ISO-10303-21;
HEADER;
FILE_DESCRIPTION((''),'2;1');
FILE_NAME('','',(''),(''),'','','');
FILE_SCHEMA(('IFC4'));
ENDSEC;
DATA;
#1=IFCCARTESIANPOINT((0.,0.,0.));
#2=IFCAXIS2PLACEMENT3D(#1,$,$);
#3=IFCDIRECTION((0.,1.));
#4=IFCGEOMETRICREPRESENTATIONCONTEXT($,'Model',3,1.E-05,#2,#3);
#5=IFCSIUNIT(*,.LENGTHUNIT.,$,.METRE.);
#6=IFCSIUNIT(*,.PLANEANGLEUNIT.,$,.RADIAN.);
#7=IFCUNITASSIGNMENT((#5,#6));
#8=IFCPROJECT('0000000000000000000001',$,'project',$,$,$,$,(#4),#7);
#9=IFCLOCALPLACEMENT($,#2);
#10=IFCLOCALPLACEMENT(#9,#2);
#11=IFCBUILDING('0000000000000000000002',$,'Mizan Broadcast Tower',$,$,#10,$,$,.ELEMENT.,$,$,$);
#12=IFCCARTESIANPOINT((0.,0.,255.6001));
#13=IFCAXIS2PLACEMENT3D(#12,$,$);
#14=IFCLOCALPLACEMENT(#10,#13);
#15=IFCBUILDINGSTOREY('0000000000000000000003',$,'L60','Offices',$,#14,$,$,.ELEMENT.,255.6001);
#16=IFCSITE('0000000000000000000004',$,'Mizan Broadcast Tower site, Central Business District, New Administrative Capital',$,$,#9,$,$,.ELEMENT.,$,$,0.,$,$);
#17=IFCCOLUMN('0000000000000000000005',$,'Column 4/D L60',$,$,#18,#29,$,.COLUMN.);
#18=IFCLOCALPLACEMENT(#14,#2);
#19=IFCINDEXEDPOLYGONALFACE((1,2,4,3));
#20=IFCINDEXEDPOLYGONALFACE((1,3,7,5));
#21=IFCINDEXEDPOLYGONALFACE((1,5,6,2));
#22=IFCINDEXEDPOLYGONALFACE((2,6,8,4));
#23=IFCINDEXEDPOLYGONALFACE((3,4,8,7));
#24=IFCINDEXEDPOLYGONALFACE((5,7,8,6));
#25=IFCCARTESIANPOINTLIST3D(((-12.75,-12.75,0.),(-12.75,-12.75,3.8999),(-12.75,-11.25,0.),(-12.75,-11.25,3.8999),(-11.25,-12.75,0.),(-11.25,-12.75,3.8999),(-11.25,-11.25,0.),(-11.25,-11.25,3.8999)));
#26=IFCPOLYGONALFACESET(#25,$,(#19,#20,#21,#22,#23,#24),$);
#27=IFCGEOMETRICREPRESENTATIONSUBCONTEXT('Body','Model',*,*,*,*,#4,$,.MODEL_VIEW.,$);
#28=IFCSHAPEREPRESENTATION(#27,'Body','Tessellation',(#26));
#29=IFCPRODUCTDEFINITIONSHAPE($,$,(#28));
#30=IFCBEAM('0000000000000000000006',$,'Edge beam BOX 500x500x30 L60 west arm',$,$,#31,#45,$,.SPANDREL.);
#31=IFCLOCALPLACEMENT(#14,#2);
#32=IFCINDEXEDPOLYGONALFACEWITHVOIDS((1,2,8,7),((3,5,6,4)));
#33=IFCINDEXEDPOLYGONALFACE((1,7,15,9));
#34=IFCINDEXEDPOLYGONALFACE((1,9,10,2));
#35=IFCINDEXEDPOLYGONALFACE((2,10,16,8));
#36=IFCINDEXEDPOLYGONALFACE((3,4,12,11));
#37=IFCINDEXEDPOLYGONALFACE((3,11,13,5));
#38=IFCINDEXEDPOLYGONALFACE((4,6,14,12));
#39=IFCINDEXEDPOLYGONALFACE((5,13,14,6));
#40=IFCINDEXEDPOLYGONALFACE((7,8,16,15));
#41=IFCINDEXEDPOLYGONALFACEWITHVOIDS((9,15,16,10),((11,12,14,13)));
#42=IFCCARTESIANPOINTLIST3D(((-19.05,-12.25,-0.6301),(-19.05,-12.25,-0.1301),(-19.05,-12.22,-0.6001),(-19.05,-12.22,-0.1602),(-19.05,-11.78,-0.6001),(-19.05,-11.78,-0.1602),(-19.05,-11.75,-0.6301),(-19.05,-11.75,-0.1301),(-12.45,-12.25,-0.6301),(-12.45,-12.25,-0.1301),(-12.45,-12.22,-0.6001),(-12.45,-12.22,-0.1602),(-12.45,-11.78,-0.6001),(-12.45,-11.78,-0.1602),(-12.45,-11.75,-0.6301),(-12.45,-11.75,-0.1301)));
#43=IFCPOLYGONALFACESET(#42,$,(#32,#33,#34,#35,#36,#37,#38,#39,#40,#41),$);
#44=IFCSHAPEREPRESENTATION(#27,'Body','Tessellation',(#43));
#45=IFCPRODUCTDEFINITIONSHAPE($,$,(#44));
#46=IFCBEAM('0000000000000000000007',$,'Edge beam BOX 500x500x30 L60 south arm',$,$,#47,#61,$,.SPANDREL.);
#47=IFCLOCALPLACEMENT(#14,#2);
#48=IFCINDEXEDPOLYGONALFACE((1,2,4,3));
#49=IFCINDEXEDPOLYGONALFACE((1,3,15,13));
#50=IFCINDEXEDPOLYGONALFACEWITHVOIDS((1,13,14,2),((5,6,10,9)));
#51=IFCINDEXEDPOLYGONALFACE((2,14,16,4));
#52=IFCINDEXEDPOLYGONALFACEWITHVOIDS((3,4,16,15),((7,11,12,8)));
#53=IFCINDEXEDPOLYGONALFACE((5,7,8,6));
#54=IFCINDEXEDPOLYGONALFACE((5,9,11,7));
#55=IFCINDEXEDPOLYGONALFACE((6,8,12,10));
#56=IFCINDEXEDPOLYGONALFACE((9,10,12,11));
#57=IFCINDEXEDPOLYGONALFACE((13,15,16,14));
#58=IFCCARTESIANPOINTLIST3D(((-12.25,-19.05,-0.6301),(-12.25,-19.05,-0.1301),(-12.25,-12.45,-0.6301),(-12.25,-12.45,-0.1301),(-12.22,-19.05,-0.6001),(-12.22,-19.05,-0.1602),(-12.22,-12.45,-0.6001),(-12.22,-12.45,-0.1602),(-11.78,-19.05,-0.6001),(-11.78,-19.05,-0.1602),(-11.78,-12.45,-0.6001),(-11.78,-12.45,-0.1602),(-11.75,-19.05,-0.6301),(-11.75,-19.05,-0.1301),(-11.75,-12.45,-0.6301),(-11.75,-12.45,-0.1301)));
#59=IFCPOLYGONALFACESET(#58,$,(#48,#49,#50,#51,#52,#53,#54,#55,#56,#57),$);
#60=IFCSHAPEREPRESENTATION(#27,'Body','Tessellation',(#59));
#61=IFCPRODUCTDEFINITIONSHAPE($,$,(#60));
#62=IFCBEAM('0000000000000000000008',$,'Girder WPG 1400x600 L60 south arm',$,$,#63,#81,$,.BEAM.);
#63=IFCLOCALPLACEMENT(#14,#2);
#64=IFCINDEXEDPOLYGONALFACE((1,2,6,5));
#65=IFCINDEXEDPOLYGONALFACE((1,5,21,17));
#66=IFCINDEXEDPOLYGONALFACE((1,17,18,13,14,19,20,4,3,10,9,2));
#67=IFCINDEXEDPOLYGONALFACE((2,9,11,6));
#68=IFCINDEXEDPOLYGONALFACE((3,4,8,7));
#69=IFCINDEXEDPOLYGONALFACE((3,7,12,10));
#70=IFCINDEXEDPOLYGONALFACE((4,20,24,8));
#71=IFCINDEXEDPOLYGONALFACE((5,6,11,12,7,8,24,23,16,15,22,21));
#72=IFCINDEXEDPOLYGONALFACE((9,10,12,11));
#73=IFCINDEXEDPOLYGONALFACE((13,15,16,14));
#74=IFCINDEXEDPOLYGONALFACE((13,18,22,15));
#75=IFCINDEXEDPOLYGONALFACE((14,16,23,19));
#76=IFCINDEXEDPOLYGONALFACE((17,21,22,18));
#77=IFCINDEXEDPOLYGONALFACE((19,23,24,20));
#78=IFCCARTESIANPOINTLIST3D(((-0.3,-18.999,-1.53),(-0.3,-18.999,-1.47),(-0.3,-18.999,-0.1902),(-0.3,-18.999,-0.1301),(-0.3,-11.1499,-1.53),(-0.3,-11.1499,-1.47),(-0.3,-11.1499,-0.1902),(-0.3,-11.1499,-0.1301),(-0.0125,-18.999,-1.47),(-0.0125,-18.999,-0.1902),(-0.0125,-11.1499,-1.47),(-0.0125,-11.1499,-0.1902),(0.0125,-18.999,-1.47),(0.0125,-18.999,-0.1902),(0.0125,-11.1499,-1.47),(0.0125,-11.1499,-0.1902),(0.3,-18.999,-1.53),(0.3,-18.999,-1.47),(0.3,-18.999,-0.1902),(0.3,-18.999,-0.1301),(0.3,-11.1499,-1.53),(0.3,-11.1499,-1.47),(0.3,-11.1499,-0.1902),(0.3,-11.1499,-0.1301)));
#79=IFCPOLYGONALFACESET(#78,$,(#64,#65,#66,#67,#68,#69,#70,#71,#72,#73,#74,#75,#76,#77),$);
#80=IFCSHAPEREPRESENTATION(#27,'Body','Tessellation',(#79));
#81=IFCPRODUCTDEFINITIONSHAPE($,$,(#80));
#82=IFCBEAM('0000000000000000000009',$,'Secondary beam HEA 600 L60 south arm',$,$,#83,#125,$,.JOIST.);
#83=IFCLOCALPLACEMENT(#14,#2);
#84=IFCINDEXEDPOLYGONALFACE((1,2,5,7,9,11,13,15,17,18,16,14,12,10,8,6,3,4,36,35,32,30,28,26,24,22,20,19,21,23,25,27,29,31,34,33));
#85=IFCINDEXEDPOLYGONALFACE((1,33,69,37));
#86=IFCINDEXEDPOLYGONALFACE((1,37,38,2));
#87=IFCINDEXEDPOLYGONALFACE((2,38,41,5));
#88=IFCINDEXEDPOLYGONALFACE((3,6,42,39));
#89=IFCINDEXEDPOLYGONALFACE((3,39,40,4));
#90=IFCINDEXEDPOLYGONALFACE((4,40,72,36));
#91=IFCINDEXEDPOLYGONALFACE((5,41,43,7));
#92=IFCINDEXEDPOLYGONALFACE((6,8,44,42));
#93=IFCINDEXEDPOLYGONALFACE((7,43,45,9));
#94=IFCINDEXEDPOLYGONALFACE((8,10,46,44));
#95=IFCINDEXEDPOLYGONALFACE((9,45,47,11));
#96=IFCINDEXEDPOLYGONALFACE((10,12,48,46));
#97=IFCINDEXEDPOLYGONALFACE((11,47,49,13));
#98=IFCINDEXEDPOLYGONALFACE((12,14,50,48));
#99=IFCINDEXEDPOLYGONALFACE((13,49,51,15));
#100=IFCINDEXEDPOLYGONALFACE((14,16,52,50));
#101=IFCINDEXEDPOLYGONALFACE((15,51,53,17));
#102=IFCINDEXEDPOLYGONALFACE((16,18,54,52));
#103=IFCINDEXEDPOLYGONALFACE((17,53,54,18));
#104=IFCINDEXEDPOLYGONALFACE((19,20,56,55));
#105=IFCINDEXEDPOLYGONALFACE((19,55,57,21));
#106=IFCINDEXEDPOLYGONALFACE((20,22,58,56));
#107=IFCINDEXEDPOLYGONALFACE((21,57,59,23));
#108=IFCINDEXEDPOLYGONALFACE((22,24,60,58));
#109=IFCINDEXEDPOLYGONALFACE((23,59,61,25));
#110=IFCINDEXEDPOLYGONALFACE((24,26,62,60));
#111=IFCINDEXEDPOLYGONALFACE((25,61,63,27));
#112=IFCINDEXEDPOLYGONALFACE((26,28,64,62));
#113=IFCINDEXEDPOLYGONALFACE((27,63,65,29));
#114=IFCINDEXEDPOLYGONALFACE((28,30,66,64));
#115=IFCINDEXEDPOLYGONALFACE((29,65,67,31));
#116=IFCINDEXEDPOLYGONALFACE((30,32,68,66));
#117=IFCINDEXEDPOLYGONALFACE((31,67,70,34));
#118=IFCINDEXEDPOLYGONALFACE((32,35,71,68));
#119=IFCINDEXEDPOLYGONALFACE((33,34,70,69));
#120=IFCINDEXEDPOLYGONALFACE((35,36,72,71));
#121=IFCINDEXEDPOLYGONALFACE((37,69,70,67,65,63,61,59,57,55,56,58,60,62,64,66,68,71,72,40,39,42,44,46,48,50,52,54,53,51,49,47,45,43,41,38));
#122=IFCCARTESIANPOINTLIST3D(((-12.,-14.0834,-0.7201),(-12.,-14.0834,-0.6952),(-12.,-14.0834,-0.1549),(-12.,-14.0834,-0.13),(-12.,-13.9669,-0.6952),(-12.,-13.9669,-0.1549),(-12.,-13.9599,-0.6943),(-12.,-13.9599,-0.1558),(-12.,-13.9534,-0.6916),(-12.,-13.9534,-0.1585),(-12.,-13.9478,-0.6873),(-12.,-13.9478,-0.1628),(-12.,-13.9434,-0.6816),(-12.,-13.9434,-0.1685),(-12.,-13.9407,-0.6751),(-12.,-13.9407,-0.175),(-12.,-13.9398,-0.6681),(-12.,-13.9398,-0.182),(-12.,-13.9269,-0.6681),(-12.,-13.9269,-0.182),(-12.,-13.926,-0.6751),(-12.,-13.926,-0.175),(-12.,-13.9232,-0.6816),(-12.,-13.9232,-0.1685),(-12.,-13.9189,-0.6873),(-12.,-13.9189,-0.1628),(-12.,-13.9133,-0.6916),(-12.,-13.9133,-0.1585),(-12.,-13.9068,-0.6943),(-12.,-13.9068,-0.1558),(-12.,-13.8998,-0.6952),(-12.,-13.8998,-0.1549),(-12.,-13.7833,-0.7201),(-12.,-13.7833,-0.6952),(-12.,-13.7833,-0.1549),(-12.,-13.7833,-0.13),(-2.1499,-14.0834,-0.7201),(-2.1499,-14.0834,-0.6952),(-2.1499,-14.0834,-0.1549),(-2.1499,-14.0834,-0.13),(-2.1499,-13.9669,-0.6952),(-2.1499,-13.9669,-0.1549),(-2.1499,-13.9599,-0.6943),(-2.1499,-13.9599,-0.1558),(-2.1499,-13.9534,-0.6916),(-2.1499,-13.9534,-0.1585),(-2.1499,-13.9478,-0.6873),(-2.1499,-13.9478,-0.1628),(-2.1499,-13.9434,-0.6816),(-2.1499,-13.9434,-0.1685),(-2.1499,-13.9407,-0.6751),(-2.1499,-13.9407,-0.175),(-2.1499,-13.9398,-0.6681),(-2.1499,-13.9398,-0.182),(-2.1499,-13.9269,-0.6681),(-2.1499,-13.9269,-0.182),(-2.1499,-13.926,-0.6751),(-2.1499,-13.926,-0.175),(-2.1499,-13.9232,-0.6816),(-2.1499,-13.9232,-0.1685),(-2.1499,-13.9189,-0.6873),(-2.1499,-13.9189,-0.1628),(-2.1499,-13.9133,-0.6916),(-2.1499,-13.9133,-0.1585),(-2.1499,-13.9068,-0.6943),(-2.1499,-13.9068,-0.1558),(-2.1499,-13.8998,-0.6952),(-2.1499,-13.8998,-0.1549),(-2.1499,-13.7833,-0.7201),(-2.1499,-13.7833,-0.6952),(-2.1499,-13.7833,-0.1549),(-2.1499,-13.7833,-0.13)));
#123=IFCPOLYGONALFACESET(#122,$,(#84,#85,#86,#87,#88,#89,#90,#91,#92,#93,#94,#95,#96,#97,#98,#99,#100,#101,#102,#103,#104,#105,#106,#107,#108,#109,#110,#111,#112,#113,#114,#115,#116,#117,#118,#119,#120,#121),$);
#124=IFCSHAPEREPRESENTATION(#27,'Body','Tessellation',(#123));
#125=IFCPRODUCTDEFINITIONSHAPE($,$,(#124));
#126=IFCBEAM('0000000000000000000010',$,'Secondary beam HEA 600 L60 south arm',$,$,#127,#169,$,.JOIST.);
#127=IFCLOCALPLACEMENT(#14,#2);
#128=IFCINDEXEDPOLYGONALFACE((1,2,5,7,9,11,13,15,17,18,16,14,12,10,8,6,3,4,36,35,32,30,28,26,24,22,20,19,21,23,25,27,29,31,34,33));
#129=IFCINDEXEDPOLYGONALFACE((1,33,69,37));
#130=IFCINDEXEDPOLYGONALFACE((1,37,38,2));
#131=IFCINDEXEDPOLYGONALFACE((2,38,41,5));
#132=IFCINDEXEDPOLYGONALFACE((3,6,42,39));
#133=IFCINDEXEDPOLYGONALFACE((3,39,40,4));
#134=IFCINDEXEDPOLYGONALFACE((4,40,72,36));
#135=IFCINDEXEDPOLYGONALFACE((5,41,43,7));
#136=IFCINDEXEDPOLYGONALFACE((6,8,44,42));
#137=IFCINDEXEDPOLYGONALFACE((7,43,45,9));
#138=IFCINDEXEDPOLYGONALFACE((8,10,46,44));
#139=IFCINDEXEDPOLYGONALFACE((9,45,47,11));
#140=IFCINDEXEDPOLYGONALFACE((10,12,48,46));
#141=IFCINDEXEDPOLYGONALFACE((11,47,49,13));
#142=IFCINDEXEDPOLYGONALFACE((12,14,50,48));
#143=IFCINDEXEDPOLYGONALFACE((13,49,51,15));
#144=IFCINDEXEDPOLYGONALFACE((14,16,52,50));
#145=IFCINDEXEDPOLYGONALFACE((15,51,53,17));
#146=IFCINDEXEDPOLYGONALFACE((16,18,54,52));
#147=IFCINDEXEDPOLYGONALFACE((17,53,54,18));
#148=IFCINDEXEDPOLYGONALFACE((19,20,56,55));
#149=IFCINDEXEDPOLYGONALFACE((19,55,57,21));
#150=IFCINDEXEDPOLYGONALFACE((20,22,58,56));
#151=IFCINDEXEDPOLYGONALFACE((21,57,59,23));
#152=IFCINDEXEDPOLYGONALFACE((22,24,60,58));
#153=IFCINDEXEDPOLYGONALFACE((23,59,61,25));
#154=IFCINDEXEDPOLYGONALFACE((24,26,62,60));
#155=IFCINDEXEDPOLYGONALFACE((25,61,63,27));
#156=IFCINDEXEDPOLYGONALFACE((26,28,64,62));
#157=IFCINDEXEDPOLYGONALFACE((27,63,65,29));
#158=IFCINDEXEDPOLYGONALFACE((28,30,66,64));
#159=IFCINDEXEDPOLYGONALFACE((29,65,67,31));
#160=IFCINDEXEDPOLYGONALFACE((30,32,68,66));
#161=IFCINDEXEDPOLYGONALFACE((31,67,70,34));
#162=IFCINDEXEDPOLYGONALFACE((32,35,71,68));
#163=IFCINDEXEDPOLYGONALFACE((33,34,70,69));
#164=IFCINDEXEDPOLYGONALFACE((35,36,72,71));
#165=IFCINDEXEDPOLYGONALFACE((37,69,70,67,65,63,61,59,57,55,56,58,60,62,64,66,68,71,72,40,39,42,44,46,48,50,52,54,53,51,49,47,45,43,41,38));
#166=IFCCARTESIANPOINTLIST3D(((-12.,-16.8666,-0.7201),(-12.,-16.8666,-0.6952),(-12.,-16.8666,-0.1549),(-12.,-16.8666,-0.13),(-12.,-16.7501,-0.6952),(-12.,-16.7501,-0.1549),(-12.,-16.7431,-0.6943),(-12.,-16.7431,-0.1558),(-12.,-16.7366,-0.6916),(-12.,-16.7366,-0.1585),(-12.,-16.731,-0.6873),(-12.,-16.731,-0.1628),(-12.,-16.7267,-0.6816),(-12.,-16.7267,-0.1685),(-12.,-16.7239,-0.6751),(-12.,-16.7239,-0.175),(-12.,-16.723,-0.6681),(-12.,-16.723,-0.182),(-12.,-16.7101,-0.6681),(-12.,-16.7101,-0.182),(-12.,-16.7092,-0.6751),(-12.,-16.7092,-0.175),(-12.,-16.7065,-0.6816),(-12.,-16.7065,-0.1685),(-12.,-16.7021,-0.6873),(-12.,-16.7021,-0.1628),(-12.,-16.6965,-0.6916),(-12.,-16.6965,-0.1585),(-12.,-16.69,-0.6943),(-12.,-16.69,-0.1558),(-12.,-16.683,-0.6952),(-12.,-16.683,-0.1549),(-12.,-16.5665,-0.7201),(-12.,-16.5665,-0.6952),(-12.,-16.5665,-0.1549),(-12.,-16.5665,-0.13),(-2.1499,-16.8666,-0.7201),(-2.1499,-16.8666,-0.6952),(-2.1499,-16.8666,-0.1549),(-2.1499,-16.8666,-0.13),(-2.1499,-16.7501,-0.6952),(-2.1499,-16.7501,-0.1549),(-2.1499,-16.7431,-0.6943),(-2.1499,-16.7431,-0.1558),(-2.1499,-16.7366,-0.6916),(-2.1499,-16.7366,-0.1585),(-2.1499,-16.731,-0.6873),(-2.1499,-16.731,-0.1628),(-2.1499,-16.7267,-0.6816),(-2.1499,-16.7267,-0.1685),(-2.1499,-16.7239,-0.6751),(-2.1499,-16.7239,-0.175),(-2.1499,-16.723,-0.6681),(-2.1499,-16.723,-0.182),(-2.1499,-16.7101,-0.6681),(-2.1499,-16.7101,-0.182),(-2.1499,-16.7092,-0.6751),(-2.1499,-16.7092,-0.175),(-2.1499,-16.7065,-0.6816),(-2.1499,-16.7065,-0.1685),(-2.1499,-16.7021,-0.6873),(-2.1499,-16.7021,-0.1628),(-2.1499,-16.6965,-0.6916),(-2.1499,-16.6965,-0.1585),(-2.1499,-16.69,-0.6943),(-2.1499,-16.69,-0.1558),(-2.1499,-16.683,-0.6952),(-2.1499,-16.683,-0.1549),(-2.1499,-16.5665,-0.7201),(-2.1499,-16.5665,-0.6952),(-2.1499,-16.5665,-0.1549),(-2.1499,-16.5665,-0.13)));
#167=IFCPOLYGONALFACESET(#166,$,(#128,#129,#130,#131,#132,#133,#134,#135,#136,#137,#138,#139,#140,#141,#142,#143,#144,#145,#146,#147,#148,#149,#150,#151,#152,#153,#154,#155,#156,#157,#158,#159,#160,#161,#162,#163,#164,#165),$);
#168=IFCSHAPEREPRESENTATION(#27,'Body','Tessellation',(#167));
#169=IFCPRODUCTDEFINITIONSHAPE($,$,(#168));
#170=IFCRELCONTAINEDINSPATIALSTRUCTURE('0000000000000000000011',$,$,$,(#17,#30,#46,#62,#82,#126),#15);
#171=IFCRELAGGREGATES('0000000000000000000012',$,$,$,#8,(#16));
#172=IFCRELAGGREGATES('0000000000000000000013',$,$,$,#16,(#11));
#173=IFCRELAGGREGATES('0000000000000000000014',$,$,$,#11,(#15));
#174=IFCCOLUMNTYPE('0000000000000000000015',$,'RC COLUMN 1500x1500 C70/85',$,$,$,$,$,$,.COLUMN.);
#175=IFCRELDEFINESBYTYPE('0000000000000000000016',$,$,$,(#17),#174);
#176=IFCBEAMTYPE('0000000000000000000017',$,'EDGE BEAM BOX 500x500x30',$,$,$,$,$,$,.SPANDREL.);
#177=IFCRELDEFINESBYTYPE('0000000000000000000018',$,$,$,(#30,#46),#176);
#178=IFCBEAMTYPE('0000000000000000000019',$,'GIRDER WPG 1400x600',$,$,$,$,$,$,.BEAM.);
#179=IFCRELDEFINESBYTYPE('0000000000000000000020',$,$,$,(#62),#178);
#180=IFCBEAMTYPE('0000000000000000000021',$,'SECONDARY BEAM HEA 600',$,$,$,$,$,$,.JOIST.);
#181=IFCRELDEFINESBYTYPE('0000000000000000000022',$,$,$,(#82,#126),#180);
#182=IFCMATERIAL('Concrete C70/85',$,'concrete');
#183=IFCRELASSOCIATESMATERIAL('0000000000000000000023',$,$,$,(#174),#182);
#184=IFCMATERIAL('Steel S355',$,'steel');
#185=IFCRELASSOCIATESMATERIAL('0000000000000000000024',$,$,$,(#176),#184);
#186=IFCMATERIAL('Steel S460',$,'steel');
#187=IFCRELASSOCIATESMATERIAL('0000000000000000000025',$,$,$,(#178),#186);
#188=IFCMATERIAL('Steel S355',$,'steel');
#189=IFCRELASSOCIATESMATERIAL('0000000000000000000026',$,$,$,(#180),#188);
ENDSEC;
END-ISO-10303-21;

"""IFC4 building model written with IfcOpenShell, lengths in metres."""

from ifc_helpers import new_model, si_unit, direction, frame, origin, origin_2d, place, context, subcontext, project, spatial, rectangle, hollow_rectangle, i_section, extrude, material, material_profile, profile_set, type_object, element, save


model = new_model("IFC4")

# Units and contexts
model_context = context("Model", 3, precision=1e-05, world=origin(), true_north=direction((0.0, 1.0)))
body_context = subcontext(model_context, "Body", "Model", "MODEL_VIEW")
ifc_project = project(units=[si_unit("LENGTHUNIT", "METRE"), si_unit("PLANEANGLEUNIT", "RADIAN")], contexts=[model_context])

# Site, building, storey
site_placement = place(None, origin())
site = spatial("IfcSite", under=ifc_project, at=site_placement, Name="Mizan Broadcast Tower site, Central Business District, New Administrative Capital", CompositionType="ELEMENT", RefElevation=0.0)
building_placement = place(site_placement, origin())
building = spatial("IfcBuilding", under=site, at=building_placement, Name="Mizan Broadcast Tower", CompositionType="ELEMENT")
storey_placement = place(building_placement, frame((0.0, 0.0, 255.6001)))
storey = spatial("IfcBuildingStorey", under=building, at=storey_placement, Name="L60", Description="Offices", CompositionType="ELEMENT", Elevation=255.6001)

# Column
ifc_material_1 = material(Name="Concrete C70/85", Category="concrete")
ifc_material_profile_1 = material_profile(ifc_material_1, rectangle(XDim=1.5, YDim=1.5, at=origin_2d()), Name="RC 1500x1500")
ifc_profile_set_1 = profile_set([ifc_material_profile_1], Name="Concrete C70/85")
column_type = type_object("IfcColumnType", Name="RC COLUMN 1500x1500 C70/85", PredefinedType="COLUMN", material=ifc_profile_set_1)
column_placement = place(storey_placement, frame((-12.0, -12.0, 0.0), z_axis=(0.0, 0.0, 1.0), x_axis=(1.0, 0.0, 0.0)))
element("IfcColumn", 1, at=column_placement, inside=storey, type_object=column_type, Name="Column 4/D L60", PredefinedType="COLUMN", context=body_context, shape_type="SweptSolid", body=[
    extrude(rectangle(XDim=1.5, YDim=1.5, at=origin_2d()), origin(), (0.0, 0.0, 1.0), 3.8999),
])

# Beams
ifc_material_2 = material(Name="Steel S355", Category="steel")
ifc_material_profile_2 = material_profile(ifc_material_2, hollow_rectangle(XDim=0.5, YDim=0.5, WallThickness=0.03, at=origin_2d()), Name="BOX 500x500x30")
ifc_profile_set_2 = profile_set([ifc_material_profile_2], Name="Steel S355")
beam_type_1 = type_object("IfcBeamType", Name="EDGE BEAM BOX 500x500x30", PredefinedType="SPANDREL", material=ifc_profile_set_2)
for number, where, z_axis, x_axis, name in (
    (2, (-12.45, -12.0, -0.3801), (-1.0, 0.0, 0.0), (0.0, -1.0, 0.0), "Edge beam BOX 500x500x30 L60 west arm"),
    (3, (-12.0, -12.45, -0.3801), (0.0, -1.0, 0.0), (1.0, 0.0, 0.0), "Edge beam BOX 500x500x30 L60 south arm"),
):
    element("IfcBeam", number, at=place(storey_placement, frame(where, z_axis=z_axis, x_axis=x_axis)), inside=storey, type_object=beam_type_1, Name=name, PredefinedType="SPANDREL", context=body_context, shape_type="SweptSolid", body=[
        extrude(hollow_rectangle(XDim=0.5, YDim=0.5, WallThickness=0.03, at=origin_2d()), origin(), (0.0, 0.0, 1.0), 6.6001),
    ])
ifc_material_3 = material(Name="Steel S460", Category="steel")
ifc_material_profile_3 = material_profile(ifc_material_3, i_section(OverallWidth=0.6001, OverallDepth=1.3999, WebThickness=0.0249, FlangeThickness=0.0601, at=origin_2d()), Name="WPG 1400x600")
ifc_profile_set_3 = profile_set([ifc_material_profile_3], Name="Steel S460")
beam_type_2 = type_object("IfcBeamType", Name="GIRDER WPG 1400x600", PredefinedType="BEAM", material=ifc_profile_set_3)
beam_1_placement = place(storey_placement, frame((0.0, -11.1499, -0.8301), z_axis=(0.0, -1.0, 0.0), x_axis=(1.0, 0.0, 0.0)))
element("IfcBeam", 4, at=beam_1_placement, inside=storey, type_object=beam_type_2, Name="Girder WPG 1400x600 L60 south arm", PredefinedType="BEAM", context=body_context, shape_type="SweptSolid", body=[
    extrude(i_section(OverallWidth=0.6001, OverallDepth=1.3999, WebThickness=0.0249, FlangeThickness=0.0601, at=origin_2d()), origin(), (0.0, 0.0, 1.0), 7.8491),
])
ifc_material_4 = material(Name="Steel S355", Category="steel")
ifc_material_profile_4 = material_profile(ifc_material_4, i_section(OverallWidth=0.3, OverallDepth=0.5901, WebThickness=0.0129, FlangeThickness=0.0249, FilletRadius=0.0271, at=origin_2d()), Name="HEA 600")
ifc_profile_set_4 = profile_set([ifc_material_profile_4], Name="Steel S355")
beam_type_3 = type_object("IfcBeamType", Name="SECONDARY BEAM HEA 600", PredefinedType="JOIST", material=ifc_profile_set_4)
for number, where, z_axis, x_axis, name in (
    (5, (-12.0, -13.9333, -0.425), (1.0, 0.0, 0.0), (0.0, 1.0, 0.0), "Secondary beam HEA 600 L60 south arm"),
    (6, (-12.0, -16.7166, -0.425), (1.0, 0.0, 0.0), (0.0, 1.0, 0.0), "Secondary beam HEA 600 L60 south arm"),
):
    element("IfcBeam", number, at=place(storey_placement, frame(where, z_axis=z_axis, x_axis=x_axis)), inside=storey, type_object=beam_type_3, Name=name, PredefinedType="JOIST", context=body_context, shape_type="SweptSolid", body=[
        extrude(i_section(OverallWidth=0.3, OverallDepth=0.5901, WebThickness=0.0129, FlangeThickness=0.0249, FilletRadius=0.0271, at=origin_2d()), origin(), (0.0, 0.0, 1.0), 9.8501),
    ])

save(model, "model.ifc")
